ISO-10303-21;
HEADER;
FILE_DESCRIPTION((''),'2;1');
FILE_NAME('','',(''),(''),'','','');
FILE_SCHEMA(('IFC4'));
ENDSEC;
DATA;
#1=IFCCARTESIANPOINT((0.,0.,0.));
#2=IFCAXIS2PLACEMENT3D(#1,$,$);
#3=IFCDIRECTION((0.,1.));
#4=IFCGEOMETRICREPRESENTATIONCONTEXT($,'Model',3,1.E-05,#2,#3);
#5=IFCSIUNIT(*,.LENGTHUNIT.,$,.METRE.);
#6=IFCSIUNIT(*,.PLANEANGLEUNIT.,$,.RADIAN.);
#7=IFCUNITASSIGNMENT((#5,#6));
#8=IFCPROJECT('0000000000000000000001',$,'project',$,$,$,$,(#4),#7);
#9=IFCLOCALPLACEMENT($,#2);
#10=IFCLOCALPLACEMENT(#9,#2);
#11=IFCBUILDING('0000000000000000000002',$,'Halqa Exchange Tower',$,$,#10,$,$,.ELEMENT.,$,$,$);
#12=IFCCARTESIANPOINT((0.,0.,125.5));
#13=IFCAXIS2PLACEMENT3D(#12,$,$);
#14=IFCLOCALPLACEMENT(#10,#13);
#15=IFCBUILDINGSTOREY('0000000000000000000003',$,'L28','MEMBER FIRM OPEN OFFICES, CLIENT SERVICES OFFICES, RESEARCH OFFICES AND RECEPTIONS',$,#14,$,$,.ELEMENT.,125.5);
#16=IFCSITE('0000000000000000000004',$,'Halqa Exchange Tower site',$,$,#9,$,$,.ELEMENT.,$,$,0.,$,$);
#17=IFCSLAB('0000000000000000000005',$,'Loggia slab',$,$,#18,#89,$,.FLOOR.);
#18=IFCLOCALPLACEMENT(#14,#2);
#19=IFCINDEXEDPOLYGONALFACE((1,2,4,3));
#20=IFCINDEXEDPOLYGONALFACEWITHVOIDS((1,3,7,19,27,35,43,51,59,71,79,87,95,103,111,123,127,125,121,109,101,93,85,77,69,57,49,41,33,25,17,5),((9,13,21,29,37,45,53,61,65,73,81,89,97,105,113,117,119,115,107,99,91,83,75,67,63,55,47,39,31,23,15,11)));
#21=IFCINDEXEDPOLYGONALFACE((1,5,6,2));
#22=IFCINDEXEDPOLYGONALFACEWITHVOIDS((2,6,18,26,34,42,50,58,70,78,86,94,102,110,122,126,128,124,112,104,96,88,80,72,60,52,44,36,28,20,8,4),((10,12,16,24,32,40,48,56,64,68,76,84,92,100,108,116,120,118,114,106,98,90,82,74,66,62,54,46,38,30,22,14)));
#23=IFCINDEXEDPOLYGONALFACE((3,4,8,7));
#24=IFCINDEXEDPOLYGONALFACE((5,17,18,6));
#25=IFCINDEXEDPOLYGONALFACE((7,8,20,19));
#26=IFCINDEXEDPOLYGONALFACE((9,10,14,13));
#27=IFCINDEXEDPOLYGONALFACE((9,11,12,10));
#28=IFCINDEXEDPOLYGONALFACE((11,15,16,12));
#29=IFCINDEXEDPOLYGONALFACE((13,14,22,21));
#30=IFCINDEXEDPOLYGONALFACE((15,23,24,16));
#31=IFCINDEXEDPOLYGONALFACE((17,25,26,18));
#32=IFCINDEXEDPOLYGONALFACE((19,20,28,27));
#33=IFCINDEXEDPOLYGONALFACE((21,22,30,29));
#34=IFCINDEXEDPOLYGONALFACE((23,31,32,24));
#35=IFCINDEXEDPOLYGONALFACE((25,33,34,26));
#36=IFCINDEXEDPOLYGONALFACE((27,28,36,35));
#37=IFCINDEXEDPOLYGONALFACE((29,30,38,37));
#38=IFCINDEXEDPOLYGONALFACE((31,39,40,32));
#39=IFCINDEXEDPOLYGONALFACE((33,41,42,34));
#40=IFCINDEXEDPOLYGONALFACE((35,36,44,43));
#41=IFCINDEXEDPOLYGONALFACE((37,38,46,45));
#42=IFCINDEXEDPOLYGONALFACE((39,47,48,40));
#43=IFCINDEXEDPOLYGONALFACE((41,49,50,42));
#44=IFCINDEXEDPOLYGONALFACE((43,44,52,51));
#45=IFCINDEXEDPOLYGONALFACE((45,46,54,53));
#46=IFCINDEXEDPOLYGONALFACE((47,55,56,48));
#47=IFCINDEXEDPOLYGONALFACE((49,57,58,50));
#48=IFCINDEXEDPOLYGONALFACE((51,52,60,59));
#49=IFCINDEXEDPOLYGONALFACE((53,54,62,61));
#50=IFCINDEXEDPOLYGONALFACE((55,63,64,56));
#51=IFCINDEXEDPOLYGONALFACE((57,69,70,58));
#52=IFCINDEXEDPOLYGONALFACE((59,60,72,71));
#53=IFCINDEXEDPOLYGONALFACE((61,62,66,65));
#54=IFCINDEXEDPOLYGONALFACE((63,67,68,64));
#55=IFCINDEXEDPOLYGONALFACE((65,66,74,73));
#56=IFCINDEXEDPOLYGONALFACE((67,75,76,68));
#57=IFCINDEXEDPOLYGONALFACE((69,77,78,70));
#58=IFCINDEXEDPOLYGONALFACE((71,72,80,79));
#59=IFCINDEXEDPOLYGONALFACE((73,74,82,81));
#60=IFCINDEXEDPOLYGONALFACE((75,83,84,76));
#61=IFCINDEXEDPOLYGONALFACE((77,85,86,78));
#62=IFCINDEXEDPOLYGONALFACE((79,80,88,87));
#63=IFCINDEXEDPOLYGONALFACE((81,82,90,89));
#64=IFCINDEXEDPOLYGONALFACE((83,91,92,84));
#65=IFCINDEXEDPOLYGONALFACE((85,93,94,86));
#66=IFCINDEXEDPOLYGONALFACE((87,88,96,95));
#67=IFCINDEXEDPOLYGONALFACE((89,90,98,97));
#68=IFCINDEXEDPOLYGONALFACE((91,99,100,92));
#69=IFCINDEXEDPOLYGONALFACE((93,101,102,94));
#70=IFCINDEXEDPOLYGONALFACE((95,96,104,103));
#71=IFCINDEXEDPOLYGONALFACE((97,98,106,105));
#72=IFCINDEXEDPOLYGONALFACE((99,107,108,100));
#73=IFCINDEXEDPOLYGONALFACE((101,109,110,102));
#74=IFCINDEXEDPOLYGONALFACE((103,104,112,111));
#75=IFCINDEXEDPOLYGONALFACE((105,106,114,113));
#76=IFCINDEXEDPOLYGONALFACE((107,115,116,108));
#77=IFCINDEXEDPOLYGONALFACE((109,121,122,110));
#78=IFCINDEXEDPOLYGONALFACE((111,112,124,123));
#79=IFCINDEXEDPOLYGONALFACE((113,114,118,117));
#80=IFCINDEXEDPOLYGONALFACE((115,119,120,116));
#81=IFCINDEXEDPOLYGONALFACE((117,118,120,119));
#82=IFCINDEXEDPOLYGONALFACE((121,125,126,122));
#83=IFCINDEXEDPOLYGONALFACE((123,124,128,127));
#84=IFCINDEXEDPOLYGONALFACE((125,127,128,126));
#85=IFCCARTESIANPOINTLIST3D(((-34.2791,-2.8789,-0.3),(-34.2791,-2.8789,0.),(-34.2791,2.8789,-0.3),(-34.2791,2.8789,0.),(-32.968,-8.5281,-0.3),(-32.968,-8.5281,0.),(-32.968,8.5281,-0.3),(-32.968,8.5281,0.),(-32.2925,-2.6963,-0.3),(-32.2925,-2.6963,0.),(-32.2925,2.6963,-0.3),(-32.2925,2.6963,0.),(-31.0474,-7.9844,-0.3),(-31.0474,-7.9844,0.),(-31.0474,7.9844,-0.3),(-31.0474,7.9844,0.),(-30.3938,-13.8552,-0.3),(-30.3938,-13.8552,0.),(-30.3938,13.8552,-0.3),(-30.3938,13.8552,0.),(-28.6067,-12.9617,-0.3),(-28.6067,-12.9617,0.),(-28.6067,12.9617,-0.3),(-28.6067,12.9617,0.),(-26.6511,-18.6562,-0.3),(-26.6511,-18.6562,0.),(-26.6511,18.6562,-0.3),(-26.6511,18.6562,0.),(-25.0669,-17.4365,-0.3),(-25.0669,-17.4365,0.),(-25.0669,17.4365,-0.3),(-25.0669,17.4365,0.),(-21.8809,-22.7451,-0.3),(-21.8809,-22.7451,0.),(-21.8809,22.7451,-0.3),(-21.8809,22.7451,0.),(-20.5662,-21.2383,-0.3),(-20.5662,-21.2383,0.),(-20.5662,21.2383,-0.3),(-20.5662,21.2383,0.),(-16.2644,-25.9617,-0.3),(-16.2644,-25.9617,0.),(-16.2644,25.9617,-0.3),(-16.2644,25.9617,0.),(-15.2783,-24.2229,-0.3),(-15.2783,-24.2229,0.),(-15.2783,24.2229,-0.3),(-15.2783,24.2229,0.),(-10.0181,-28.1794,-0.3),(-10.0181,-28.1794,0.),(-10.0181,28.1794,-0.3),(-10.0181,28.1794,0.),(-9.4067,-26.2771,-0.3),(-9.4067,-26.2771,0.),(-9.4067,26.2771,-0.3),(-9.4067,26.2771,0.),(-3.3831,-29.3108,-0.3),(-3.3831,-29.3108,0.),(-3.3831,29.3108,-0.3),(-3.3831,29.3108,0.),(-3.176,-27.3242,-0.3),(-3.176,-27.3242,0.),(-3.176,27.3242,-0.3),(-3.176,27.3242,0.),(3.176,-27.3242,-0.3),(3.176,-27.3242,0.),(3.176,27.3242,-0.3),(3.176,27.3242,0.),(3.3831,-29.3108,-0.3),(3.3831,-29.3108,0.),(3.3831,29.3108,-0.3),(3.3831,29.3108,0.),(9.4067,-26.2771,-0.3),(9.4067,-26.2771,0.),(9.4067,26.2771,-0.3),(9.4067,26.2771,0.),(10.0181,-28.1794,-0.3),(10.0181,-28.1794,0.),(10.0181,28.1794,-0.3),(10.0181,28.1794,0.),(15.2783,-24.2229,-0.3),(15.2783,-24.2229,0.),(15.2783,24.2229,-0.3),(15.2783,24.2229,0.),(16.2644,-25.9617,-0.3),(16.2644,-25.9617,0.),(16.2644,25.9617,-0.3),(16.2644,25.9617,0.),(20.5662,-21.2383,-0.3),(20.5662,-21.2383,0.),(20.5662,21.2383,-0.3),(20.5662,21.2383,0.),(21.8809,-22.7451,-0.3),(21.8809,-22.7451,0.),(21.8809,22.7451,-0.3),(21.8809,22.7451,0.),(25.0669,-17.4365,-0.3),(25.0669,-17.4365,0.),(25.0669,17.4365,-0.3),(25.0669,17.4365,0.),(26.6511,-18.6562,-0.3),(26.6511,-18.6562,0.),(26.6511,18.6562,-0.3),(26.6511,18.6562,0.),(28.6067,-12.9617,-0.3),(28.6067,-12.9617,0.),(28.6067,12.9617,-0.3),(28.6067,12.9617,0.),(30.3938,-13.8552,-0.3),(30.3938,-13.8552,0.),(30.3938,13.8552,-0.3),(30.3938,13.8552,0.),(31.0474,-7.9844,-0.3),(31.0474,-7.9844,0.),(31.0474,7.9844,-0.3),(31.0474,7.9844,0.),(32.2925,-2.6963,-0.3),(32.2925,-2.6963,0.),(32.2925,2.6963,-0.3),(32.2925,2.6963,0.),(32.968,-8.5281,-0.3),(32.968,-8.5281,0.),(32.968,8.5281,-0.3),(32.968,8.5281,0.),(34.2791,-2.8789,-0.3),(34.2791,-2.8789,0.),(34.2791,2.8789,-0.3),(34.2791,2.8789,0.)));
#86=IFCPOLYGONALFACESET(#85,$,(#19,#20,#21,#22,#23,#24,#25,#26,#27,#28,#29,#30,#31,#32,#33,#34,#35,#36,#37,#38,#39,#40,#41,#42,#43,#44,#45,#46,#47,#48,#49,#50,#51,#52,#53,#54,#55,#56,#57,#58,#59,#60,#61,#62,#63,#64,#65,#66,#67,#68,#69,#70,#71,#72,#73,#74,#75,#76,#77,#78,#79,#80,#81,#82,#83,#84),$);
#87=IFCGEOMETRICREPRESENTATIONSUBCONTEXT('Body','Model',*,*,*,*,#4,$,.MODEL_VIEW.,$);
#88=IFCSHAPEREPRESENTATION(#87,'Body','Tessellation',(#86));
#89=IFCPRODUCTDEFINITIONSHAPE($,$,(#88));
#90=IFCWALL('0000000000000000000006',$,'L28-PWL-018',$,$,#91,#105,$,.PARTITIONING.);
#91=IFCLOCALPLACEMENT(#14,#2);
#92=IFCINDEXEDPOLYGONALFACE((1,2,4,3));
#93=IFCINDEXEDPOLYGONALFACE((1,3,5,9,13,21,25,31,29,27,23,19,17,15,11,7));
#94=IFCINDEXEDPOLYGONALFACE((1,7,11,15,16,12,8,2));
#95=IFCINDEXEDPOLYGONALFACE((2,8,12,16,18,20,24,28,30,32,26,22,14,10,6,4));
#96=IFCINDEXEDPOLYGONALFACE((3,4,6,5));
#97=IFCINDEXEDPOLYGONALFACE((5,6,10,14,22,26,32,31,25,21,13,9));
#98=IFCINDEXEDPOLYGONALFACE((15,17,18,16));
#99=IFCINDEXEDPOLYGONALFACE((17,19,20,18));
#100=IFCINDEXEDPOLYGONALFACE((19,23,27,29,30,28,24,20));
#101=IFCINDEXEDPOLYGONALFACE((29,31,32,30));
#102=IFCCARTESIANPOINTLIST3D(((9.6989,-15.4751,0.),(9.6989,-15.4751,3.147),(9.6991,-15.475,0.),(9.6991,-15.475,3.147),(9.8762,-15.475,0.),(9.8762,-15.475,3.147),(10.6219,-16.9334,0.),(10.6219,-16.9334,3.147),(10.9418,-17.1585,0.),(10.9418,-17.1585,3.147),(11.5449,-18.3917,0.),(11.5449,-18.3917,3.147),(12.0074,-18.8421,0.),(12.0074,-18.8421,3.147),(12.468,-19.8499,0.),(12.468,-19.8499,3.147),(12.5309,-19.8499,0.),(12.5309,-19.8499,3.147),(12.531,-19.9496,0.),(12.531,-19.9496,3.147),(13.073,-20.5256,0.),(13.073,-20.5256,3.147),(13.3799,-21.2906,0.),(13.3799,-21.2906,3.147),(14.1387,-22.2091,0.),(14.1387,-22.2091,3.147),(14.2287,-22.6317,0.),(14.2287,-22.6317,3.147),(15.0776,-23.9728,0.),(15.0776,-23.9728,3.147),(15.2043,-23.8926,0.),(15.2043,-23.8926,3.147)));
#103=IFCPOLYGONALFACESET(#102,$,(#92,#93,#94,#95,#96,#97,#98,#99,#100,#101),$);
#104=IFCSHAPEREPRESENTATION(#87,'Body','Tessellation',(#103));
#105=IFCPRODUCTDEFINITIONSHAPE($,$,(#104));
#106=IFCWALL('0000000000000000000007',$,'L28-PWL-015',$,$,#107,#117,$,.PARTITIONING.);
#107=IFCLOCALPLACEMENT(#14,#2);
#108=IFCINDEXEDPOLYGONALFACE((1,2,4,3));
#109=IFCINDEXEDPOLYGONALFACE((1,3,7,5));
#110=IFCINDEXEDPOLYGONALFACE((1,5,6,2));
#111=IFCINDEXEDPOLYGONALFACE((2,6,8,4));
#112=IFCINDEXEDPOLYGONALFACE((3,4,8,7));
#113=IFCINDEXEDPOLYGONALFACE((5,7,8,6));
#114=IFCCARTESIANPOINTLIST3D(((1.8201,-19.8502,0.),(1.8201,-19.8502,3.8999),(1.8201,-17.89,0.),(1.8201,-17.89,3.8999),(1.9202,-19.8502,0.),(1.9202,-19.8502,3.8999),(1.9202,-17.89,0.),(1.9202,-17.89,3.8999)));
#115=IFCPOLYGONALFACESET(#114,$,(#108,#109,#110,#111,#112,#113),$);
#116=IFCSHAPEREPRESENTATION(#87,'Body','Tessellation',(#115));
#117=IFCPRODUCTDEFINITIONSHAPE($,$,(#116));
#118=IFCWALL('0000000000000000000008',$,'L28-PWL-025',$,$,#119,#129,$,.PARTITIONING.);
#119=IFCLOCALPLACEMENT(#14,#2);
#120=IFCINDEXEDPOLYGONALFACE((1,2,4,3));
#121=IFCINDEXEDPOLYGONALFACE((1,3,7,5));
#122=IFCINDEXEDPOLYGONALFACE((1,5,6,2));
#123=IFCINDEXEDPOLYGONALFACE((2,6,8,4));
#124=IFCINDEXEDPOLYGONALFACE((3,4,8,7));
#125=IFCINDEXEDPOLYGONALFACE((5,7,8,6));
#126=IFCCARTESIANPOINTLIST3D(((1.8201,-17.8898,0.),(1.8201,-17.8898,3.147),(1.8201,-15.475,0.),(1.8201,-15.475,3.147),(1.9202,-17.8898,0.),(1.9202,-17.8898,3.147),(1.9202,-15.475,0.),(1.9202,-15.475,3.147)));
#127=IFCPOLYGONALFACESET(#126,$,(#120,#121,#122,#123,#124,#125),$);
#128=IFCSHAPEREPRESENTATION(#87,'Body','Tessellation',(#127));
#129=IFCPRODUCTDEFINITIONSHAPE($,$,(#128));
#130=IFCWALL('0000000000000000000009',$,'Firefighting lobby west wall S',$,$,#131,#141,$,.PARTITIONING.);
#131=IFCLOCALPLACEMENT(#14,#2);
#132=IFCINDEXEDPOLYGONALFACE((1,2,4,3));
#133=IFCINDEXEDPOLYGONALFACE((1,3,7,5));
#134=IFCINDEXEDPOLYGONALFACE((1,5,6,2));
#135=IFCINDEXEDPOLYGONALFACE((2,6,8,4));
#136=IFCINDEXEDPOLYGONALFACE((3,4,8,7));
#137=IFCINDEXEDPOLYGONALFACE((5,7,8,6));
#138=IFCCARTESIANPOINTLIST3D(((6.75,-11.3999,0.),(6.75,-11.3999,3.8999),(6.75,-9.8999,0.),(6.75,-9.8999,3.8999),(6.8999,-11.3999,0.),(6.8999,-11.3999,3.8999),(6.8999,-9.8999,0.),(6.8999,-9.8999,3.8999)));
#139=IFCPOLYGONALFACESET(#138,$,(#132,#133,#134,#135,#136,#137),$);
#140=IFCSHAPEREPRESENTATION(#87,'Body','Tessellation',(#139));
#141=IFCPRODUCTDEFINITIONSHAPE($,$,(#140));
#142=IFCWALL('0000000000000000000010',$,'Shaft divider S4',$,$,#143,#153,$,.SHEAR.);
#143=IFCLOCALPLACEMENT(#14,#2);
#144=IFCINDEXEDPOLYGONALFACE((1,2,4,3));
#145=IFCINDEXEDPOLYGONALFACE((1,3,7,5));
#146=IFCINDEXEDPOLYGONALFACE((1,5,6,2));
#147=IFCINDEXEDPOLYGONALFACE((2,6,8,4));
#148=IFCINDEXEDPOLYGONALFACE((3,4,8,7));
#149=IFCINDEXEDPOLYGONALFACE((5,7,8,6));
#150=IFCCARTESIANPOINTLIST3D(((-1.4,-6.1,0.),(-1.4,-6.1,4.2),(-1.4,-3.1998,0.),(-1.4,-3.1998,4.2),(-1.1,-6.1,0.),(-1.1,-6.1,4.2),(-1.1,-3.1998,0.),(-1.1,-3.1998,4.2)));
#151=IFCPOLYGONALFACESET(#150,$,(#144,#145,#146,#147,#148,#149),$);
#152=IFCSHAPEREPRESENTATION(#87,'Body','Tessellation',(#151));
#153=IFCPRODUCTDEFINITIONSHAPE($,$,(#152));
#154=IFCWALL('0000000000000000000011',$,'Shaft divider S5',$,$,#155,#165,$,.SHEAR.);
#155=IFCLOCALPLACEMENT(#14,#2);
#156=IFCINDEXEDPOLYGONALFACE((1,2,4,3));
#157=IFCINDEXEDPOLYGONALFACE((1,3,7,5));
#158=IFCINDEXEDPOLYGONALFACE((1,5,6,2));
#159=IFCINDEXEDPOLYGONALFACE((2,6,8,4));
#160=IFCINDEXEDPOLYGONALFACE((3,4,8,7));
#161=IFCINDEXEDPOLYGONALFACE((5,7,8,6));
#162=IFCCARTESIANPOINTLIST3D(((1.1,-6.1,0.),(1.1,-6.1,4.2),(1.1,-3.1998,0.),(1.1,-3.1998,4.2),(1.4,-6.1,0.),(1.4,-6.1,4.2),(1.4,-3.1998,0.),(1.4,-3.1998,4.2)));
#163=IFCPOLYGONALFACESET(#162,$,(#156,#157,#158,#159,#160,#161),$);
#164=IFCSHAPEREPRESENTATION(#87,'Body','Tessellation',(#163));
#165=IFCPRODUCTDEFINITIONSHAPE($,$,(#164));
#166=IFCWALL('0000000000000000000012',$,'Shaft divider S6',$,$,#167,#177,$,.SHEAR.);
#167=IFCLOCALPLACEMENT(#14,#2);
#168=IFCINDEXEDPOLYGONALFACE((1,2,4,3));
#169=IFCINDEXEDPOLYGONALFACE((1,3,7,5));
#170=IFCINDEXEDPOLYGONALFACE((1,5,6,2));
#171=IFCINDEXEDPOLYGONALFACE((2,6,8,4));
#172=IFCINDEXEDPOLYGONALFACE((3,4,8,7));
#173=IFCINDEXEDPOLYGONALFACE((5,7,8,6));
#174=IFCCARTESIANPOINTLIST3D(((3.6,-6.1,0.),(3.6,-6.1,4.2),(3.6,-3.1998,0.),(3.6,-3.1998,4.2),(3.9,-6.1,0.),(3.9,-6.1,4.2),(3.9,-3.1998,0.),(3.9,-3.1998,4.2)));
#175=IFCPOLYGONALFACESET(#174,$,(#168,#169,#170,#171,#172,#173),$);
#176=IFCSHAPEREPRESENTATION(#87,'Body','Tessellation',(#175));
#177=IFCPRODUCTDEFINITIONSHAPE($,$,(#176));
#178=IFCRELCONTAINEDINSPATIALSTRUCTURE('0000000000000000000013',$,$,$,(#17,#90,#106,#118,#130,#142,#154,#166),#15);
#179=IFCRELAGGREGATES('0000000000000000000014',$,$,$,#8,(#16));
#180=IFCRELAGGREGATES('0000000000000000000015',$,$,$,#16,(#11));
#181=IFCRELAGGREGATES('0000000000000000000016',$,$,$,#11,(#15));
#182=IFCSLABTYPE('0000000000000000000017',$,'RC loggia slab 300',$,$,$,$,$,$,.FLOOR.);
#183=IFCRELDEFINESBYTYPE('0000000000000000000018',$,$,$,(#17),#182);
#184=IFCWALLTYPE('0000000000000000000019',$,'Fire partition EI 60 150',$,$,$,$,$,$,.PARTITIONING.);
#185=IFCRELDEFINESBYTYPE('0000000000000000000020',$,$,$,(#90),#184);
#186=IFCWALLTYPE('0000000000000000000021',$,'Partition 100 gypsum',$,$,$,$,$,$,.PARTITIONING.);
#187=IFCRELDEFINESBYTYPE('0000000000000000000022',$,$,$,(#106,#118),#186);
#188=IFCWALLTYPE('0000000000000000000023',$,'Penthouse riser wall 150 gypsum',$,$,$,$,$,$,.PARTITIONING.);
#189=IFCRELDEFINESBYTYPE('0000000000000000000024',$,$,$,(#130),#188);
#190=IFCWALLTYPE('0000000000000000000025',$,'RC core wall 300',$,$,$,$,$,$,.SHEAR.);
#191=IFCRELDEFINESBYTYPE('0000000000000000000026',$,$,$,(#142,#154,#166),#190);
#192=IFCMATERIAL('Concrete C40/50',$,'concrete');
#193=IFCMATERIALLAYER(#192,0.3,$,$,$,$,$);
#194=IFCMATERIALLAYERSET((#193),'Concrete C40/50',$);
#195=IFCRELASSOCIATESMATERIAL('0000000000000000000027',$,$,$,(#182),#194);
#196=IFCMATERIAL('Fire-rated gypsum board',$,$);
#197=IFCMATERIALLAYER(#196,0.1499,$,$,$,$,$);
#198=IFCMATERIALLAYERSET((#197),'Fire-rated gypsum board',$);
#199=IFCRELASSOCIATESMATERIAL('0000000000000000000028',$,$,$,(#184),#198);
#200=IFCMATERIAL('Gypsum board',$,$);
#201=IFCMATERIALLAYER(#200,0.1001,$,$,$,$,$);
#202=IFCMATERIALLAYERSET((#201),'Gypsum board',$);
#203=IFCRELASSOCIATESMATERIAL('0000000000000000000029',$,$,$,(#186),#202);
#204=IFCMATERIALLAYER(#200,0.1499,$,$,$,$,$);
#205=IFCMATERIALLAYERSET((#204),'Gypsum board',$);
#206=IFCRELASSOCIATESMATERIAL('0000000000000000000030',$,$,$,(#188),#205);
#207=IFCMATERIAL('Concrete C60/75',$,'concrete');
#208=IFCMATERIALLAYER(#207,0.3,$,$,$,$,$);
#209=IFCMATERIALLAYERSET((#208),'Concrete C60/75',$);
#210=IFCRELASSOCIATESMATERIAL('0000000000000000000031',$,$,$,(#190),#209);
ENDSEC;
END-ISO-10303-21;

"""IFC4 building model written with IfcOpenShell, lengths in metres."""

from ifc_helpers import new_model, si_unit, direction, frame, frame_2d, origin, place, context, subcontext, project, spatial, polyline, rectangle, outline, extrude, material, layer, layer_set, type_object, element, save


model = new_model("IFC4")

# Units and contexts
model_context = context("Model", 3, precision=1e-05, world=origin(), true_north=direction((0.0, 1.0)))
body_context = subcontext(model_context, "Body", "Model", "MODEL_VIEW")
ifc_project = project(units=[si_unit("LENGTHUNIT", "METRE"), si_unit("PLANEANGLEUNIT", "RADIAN")], contexts=[model_context])

# Site, building, storey
site_placement = place(None, origin())
site = spatial("IfcSite", under=ifc_project, at=site_placement, Name="Halqa Exchange Tower site", CompositionType="ELEMENT", RefElevation=0.0)
building_placement = place(site_placement, origin())
building = spatial("IfcBuilding", under=site, at=building_placement, Name="Halqa Exchange Tower", CompositionType="ELEMENT")
storey_placement = place(building_placement, frame((0.0, 0.0, 125.5)))
storey = spatial("IfcBuildingStorey", under=building, at=storey_placement, Name="L28", Description="MEMBER FIRM OPEN OFFICES, CLIENT SERVICES OFFICES, RESEARCH OFFICES AND RECEPTIONS", CompositionType="ELEMENT", Elevation=125.5)

# Shared definitions
ifc_material_1 = material(Name="Concrete C60/75", Category="concrete")

# Slab
ifc_material_2 = material(Name="Concrete C40/50", Category="concrete")
ifc_layer_1 = layer(ifc_material_2, 0.3)
ifc_layer_set_1 = layer_set([ifc_layer_1], Name="Concrete C40/50")
slab_type_1 = type_object("IfcSlabType", Name="RC loggia slab 300", PredefinedType="FLOOR", material=ifc_layer_set_1)
slab_1_placement = place(storey_placement, frame((0.0, 0.0, -0.3)))
element("IfcSlab", 1, at=slab_1_placement, inside=storey, type_object=slab_type_1, Name="Loggia slab", PredefinedType="FLOOR", context=body_context, shape_type="SweptSolid", body=[
    extrude(outline(polyline([(34.2791, 2.8789), (34.2791, -2.8789), (32.968, -8.5281), (30.3938, -13.8552), (26.6511, -18.6562), (21.8809, -22.7451), (16.2644, -25.9617), (10.0181, -28.1794), (3.3831, -29.3108), (-3.3831, -29.3108), (-10.0181, -28.1794), (-16.2644, -25.9617), (-21.8809, -22.7451), (-26.6511, -18.6562), (-30.3938, -13.8552), (-32.968, -8.5281), (-34.2791, -2.8789), (-34.2791, 2.8789), (-32.968, 8.5281), (-30.3938, 13.8552), (-26.6511, 18.6562), (-21.8809, 22.7451), (-16.2644, 25.9617), (-10.0181, 28.1794), (-3.3831, 29.3108), (3.3831, 29.3108), (10.0181, 28.1794), (16.2644, 25.9617), (21.8809, 22.7451), (26.6511, 18.6562), (30.3938, 13.8552), (32.968, 8.5281), (34.2791, 2.8789)]), holes=[polyline([(32.2925, 2.6963), (31.0474, 7.9844), (28.6067, 12.9617), (25.0669, 17.4365), (20.5662, 21.2383), (15.2783, 24.2229), (9.4067, 26.2771), (3.176, 27.3242), (-3.176, 27.3242), (-9.4067, 26.2771), (-15.2783, 24.2229), (-20.5662, 21.2383), (-25.0669, 17.4365), (-28.6067, 12.9617), (-31.0474, 7.9844), (-32.2925, 2.6963), (-32.2925, -2.6963), (-31.0474, -7.9844), (-28.6067, -12.9617), (-25.0669, -17.4365), (-20.5662, -21.2383), (-15.2783, -24.2229), (-9.4067, -26.2771), (-3.176, -27.3242), (3.176, -27.3242), (9.4067, -26.2771), (15.2783, -24.2229), (20.5662, -21.2383), (25.0669, -17.4365), (28.6067, -12.9617), (31.0474, -7.9844), (32.2925, -2.6963), (32.2925, 2.6963)])]), origin(), (0.0, 0.0, 1.0), 0.3),
])

# Walls
ifc_material_3 = material(Name="Fire-rated gypsum board")
ifc_layer_2 = layer(ifc_material_3, 0.1499)
ifc_layer_set_2 = layer_set([ifc_layer_2], Name="Fire-rated gypsum board")
wall_type_1 = type_object("IfcWallType", Name="Fire partition EI 60 150", PredefinedType="PARTITIONING", material=ifc_layer_set_2)
wall_1_placement = place(storey_placement, frame((9.7622, -15.4351, 0.0), z_axis=(0.0, 0.0, 1.0), x_axis=(0.53483, -0.84496, 0.0)))
element("IfcWall", 2, at=wall_1_placement, inside=storey, type_object=wall_type_1, Name="L28-PWL-018", PredefinedType="PARTITIONING", context=body_context, shape_type="SweptSolid", body=[
    extrude(outline(polyline([(0.0, -0.075), (1.7258, -0.075), (3.4517, -0.075), (5.1775, -0.075), (5.2112, -0.0217), (5.2954, -0.075), (6.8826, -0.075), (8.4697, -0.075), (10.0569, -0.075), (10.0569, 0.075), (8.0645, 0.075), (6.072, 0.075), (4.0796, 0.075), (2.0872, 0.075), (0.0947, 0.075), (0.0, -0.0747), (0.0, -0.075)])), origin(), (0.0, 0.0, 1.0), 3.147),
])
ifc_material_4 = material(Name="Gypsum board")
ifc_layer_3 = layer(ifc_material_4, 0.1001)
ifc_layer_set_3 = layer_set([ifc_layer_3], Name="Gypsum board")
wall_type_2 = type_object("IfcWallType", Name="Partition 100 gypsum", PredefinedType="PARTITIONING", material=ifc_layer_set_3)
wall_2_placement = place(storey_placement, frame((1.8701, -19.8501, 0.0), z_axis=(0.0, 0.0, 1.0), x_axis=(0.0, 1.0, 0.0)))
element("IfcWall", 3, at=wall_2_placement, inside=storey, type_object=wall_type_2, Name="L28-PWL-015", PredefinedType="PARTITIONING", context=body_context, shape_type="SweptSolid", body=[
    extrude(rectangle(XDim=1.9602, YDim=0.1001, at=frame_2d((0.98, 0.0))), origin(), (0.0, 0.0, 1.0), 3.8999),
])
wall_3_placement = place(storey_placement, frame((1.8701, -17.8899, 0.0), z_axis=(0.0, 0.0, 1.0), x_axis=(0.0, 1.0, 0.0)))
element("IfcWall", 4, at=wall_3_placement, inside=storey, type_object=wall_type_2, Name="L28-PWL-025", PredefinedType="PARTITIONING", context=body_context, shape_type="SweptSolid", body=[
    extrude(rectangle(XDim=2.4148, YDim=0.1001, at=frame_2d((1.2075, 0.0))), origin(), (0.0, 0.0, 1.0), 3.147),
])
ifc_layer_4 = layer(ifc_material_4, 0.1499)
ifc_layer_set_4 = layer_set([ifc_layer_4], Name="Gypsum board")
wall_type_3 = type_object("IfcWallType", Name="Penthouse riser wall 150 gypsum", PredefinedType="PARTITIONING", material=ifc_layer_set_4)
wall_4_placement = place(storey_placement, frame((6.825, -11.3999, 0.0), z_axis=(0.0, 0.0, 1.0), x_axis=(0.0, 1.0, 0.0)))
element("IfcWall", 5, at=wall_4_placement, inside=storey, type_object=wall_type_3, Name="Firefighting lobby west wall S", PredefinedType="PARTITIONING", context=body_context, shape_type="SweptSolid", body=[
    extrude(rectangle(XDim=1.5, YDim=0.1499, at=frame_2d((0.75, 0.0))), origin(), (0.0, 0.0, 1.0), 3.8999),
])
ifc_layer_5 = layer(ifc_material_1, 0.3)
ifc_layer_set_5 = layer_set([ifc_layer_5], Name="Concrete C60/75")
wall_type_4 = type_object("IfcWallType", Name="RC core wall 300", PredefinedType="SHEAR", material=ifc_layer_set_5)
for number, where, z_axis, x_axis, name in (
    (6, (-1.25, -6.1001, 0.0), (0.0, 0.0, 1.0), (0.0, 1.0, 0.0), "Shaft divider S4"),
    (7, (1.25, -6.1001, 0.0), (0.0, 0.0, 1.0), (0.0, 1.0, 0.0), "Shaft divider S5"),
    (8, (3.75, -6.1001, 0.0), (0.0, 0.0, 1.0), (0.0, 1.0, 0.0), "Shaft divider S6"),
):
    element("IfcWall", number, at=place(storey_placement, frame(where, z_axis=z_axis, x_axis=x_axis)), inside=storey, type_object=wall_type_4, Name=name, PredefinedType="SHEAR", context=body_context, shape_type="SweptSolid", body=[
        extrude(rectangle(XDim=2.9001, YDim=0.3, at=frame_2d((1.4502, 0.0))), origin(), (0.0, 0.0, 1.0), 4.2),
    ])

save(model, "model.ifc")
